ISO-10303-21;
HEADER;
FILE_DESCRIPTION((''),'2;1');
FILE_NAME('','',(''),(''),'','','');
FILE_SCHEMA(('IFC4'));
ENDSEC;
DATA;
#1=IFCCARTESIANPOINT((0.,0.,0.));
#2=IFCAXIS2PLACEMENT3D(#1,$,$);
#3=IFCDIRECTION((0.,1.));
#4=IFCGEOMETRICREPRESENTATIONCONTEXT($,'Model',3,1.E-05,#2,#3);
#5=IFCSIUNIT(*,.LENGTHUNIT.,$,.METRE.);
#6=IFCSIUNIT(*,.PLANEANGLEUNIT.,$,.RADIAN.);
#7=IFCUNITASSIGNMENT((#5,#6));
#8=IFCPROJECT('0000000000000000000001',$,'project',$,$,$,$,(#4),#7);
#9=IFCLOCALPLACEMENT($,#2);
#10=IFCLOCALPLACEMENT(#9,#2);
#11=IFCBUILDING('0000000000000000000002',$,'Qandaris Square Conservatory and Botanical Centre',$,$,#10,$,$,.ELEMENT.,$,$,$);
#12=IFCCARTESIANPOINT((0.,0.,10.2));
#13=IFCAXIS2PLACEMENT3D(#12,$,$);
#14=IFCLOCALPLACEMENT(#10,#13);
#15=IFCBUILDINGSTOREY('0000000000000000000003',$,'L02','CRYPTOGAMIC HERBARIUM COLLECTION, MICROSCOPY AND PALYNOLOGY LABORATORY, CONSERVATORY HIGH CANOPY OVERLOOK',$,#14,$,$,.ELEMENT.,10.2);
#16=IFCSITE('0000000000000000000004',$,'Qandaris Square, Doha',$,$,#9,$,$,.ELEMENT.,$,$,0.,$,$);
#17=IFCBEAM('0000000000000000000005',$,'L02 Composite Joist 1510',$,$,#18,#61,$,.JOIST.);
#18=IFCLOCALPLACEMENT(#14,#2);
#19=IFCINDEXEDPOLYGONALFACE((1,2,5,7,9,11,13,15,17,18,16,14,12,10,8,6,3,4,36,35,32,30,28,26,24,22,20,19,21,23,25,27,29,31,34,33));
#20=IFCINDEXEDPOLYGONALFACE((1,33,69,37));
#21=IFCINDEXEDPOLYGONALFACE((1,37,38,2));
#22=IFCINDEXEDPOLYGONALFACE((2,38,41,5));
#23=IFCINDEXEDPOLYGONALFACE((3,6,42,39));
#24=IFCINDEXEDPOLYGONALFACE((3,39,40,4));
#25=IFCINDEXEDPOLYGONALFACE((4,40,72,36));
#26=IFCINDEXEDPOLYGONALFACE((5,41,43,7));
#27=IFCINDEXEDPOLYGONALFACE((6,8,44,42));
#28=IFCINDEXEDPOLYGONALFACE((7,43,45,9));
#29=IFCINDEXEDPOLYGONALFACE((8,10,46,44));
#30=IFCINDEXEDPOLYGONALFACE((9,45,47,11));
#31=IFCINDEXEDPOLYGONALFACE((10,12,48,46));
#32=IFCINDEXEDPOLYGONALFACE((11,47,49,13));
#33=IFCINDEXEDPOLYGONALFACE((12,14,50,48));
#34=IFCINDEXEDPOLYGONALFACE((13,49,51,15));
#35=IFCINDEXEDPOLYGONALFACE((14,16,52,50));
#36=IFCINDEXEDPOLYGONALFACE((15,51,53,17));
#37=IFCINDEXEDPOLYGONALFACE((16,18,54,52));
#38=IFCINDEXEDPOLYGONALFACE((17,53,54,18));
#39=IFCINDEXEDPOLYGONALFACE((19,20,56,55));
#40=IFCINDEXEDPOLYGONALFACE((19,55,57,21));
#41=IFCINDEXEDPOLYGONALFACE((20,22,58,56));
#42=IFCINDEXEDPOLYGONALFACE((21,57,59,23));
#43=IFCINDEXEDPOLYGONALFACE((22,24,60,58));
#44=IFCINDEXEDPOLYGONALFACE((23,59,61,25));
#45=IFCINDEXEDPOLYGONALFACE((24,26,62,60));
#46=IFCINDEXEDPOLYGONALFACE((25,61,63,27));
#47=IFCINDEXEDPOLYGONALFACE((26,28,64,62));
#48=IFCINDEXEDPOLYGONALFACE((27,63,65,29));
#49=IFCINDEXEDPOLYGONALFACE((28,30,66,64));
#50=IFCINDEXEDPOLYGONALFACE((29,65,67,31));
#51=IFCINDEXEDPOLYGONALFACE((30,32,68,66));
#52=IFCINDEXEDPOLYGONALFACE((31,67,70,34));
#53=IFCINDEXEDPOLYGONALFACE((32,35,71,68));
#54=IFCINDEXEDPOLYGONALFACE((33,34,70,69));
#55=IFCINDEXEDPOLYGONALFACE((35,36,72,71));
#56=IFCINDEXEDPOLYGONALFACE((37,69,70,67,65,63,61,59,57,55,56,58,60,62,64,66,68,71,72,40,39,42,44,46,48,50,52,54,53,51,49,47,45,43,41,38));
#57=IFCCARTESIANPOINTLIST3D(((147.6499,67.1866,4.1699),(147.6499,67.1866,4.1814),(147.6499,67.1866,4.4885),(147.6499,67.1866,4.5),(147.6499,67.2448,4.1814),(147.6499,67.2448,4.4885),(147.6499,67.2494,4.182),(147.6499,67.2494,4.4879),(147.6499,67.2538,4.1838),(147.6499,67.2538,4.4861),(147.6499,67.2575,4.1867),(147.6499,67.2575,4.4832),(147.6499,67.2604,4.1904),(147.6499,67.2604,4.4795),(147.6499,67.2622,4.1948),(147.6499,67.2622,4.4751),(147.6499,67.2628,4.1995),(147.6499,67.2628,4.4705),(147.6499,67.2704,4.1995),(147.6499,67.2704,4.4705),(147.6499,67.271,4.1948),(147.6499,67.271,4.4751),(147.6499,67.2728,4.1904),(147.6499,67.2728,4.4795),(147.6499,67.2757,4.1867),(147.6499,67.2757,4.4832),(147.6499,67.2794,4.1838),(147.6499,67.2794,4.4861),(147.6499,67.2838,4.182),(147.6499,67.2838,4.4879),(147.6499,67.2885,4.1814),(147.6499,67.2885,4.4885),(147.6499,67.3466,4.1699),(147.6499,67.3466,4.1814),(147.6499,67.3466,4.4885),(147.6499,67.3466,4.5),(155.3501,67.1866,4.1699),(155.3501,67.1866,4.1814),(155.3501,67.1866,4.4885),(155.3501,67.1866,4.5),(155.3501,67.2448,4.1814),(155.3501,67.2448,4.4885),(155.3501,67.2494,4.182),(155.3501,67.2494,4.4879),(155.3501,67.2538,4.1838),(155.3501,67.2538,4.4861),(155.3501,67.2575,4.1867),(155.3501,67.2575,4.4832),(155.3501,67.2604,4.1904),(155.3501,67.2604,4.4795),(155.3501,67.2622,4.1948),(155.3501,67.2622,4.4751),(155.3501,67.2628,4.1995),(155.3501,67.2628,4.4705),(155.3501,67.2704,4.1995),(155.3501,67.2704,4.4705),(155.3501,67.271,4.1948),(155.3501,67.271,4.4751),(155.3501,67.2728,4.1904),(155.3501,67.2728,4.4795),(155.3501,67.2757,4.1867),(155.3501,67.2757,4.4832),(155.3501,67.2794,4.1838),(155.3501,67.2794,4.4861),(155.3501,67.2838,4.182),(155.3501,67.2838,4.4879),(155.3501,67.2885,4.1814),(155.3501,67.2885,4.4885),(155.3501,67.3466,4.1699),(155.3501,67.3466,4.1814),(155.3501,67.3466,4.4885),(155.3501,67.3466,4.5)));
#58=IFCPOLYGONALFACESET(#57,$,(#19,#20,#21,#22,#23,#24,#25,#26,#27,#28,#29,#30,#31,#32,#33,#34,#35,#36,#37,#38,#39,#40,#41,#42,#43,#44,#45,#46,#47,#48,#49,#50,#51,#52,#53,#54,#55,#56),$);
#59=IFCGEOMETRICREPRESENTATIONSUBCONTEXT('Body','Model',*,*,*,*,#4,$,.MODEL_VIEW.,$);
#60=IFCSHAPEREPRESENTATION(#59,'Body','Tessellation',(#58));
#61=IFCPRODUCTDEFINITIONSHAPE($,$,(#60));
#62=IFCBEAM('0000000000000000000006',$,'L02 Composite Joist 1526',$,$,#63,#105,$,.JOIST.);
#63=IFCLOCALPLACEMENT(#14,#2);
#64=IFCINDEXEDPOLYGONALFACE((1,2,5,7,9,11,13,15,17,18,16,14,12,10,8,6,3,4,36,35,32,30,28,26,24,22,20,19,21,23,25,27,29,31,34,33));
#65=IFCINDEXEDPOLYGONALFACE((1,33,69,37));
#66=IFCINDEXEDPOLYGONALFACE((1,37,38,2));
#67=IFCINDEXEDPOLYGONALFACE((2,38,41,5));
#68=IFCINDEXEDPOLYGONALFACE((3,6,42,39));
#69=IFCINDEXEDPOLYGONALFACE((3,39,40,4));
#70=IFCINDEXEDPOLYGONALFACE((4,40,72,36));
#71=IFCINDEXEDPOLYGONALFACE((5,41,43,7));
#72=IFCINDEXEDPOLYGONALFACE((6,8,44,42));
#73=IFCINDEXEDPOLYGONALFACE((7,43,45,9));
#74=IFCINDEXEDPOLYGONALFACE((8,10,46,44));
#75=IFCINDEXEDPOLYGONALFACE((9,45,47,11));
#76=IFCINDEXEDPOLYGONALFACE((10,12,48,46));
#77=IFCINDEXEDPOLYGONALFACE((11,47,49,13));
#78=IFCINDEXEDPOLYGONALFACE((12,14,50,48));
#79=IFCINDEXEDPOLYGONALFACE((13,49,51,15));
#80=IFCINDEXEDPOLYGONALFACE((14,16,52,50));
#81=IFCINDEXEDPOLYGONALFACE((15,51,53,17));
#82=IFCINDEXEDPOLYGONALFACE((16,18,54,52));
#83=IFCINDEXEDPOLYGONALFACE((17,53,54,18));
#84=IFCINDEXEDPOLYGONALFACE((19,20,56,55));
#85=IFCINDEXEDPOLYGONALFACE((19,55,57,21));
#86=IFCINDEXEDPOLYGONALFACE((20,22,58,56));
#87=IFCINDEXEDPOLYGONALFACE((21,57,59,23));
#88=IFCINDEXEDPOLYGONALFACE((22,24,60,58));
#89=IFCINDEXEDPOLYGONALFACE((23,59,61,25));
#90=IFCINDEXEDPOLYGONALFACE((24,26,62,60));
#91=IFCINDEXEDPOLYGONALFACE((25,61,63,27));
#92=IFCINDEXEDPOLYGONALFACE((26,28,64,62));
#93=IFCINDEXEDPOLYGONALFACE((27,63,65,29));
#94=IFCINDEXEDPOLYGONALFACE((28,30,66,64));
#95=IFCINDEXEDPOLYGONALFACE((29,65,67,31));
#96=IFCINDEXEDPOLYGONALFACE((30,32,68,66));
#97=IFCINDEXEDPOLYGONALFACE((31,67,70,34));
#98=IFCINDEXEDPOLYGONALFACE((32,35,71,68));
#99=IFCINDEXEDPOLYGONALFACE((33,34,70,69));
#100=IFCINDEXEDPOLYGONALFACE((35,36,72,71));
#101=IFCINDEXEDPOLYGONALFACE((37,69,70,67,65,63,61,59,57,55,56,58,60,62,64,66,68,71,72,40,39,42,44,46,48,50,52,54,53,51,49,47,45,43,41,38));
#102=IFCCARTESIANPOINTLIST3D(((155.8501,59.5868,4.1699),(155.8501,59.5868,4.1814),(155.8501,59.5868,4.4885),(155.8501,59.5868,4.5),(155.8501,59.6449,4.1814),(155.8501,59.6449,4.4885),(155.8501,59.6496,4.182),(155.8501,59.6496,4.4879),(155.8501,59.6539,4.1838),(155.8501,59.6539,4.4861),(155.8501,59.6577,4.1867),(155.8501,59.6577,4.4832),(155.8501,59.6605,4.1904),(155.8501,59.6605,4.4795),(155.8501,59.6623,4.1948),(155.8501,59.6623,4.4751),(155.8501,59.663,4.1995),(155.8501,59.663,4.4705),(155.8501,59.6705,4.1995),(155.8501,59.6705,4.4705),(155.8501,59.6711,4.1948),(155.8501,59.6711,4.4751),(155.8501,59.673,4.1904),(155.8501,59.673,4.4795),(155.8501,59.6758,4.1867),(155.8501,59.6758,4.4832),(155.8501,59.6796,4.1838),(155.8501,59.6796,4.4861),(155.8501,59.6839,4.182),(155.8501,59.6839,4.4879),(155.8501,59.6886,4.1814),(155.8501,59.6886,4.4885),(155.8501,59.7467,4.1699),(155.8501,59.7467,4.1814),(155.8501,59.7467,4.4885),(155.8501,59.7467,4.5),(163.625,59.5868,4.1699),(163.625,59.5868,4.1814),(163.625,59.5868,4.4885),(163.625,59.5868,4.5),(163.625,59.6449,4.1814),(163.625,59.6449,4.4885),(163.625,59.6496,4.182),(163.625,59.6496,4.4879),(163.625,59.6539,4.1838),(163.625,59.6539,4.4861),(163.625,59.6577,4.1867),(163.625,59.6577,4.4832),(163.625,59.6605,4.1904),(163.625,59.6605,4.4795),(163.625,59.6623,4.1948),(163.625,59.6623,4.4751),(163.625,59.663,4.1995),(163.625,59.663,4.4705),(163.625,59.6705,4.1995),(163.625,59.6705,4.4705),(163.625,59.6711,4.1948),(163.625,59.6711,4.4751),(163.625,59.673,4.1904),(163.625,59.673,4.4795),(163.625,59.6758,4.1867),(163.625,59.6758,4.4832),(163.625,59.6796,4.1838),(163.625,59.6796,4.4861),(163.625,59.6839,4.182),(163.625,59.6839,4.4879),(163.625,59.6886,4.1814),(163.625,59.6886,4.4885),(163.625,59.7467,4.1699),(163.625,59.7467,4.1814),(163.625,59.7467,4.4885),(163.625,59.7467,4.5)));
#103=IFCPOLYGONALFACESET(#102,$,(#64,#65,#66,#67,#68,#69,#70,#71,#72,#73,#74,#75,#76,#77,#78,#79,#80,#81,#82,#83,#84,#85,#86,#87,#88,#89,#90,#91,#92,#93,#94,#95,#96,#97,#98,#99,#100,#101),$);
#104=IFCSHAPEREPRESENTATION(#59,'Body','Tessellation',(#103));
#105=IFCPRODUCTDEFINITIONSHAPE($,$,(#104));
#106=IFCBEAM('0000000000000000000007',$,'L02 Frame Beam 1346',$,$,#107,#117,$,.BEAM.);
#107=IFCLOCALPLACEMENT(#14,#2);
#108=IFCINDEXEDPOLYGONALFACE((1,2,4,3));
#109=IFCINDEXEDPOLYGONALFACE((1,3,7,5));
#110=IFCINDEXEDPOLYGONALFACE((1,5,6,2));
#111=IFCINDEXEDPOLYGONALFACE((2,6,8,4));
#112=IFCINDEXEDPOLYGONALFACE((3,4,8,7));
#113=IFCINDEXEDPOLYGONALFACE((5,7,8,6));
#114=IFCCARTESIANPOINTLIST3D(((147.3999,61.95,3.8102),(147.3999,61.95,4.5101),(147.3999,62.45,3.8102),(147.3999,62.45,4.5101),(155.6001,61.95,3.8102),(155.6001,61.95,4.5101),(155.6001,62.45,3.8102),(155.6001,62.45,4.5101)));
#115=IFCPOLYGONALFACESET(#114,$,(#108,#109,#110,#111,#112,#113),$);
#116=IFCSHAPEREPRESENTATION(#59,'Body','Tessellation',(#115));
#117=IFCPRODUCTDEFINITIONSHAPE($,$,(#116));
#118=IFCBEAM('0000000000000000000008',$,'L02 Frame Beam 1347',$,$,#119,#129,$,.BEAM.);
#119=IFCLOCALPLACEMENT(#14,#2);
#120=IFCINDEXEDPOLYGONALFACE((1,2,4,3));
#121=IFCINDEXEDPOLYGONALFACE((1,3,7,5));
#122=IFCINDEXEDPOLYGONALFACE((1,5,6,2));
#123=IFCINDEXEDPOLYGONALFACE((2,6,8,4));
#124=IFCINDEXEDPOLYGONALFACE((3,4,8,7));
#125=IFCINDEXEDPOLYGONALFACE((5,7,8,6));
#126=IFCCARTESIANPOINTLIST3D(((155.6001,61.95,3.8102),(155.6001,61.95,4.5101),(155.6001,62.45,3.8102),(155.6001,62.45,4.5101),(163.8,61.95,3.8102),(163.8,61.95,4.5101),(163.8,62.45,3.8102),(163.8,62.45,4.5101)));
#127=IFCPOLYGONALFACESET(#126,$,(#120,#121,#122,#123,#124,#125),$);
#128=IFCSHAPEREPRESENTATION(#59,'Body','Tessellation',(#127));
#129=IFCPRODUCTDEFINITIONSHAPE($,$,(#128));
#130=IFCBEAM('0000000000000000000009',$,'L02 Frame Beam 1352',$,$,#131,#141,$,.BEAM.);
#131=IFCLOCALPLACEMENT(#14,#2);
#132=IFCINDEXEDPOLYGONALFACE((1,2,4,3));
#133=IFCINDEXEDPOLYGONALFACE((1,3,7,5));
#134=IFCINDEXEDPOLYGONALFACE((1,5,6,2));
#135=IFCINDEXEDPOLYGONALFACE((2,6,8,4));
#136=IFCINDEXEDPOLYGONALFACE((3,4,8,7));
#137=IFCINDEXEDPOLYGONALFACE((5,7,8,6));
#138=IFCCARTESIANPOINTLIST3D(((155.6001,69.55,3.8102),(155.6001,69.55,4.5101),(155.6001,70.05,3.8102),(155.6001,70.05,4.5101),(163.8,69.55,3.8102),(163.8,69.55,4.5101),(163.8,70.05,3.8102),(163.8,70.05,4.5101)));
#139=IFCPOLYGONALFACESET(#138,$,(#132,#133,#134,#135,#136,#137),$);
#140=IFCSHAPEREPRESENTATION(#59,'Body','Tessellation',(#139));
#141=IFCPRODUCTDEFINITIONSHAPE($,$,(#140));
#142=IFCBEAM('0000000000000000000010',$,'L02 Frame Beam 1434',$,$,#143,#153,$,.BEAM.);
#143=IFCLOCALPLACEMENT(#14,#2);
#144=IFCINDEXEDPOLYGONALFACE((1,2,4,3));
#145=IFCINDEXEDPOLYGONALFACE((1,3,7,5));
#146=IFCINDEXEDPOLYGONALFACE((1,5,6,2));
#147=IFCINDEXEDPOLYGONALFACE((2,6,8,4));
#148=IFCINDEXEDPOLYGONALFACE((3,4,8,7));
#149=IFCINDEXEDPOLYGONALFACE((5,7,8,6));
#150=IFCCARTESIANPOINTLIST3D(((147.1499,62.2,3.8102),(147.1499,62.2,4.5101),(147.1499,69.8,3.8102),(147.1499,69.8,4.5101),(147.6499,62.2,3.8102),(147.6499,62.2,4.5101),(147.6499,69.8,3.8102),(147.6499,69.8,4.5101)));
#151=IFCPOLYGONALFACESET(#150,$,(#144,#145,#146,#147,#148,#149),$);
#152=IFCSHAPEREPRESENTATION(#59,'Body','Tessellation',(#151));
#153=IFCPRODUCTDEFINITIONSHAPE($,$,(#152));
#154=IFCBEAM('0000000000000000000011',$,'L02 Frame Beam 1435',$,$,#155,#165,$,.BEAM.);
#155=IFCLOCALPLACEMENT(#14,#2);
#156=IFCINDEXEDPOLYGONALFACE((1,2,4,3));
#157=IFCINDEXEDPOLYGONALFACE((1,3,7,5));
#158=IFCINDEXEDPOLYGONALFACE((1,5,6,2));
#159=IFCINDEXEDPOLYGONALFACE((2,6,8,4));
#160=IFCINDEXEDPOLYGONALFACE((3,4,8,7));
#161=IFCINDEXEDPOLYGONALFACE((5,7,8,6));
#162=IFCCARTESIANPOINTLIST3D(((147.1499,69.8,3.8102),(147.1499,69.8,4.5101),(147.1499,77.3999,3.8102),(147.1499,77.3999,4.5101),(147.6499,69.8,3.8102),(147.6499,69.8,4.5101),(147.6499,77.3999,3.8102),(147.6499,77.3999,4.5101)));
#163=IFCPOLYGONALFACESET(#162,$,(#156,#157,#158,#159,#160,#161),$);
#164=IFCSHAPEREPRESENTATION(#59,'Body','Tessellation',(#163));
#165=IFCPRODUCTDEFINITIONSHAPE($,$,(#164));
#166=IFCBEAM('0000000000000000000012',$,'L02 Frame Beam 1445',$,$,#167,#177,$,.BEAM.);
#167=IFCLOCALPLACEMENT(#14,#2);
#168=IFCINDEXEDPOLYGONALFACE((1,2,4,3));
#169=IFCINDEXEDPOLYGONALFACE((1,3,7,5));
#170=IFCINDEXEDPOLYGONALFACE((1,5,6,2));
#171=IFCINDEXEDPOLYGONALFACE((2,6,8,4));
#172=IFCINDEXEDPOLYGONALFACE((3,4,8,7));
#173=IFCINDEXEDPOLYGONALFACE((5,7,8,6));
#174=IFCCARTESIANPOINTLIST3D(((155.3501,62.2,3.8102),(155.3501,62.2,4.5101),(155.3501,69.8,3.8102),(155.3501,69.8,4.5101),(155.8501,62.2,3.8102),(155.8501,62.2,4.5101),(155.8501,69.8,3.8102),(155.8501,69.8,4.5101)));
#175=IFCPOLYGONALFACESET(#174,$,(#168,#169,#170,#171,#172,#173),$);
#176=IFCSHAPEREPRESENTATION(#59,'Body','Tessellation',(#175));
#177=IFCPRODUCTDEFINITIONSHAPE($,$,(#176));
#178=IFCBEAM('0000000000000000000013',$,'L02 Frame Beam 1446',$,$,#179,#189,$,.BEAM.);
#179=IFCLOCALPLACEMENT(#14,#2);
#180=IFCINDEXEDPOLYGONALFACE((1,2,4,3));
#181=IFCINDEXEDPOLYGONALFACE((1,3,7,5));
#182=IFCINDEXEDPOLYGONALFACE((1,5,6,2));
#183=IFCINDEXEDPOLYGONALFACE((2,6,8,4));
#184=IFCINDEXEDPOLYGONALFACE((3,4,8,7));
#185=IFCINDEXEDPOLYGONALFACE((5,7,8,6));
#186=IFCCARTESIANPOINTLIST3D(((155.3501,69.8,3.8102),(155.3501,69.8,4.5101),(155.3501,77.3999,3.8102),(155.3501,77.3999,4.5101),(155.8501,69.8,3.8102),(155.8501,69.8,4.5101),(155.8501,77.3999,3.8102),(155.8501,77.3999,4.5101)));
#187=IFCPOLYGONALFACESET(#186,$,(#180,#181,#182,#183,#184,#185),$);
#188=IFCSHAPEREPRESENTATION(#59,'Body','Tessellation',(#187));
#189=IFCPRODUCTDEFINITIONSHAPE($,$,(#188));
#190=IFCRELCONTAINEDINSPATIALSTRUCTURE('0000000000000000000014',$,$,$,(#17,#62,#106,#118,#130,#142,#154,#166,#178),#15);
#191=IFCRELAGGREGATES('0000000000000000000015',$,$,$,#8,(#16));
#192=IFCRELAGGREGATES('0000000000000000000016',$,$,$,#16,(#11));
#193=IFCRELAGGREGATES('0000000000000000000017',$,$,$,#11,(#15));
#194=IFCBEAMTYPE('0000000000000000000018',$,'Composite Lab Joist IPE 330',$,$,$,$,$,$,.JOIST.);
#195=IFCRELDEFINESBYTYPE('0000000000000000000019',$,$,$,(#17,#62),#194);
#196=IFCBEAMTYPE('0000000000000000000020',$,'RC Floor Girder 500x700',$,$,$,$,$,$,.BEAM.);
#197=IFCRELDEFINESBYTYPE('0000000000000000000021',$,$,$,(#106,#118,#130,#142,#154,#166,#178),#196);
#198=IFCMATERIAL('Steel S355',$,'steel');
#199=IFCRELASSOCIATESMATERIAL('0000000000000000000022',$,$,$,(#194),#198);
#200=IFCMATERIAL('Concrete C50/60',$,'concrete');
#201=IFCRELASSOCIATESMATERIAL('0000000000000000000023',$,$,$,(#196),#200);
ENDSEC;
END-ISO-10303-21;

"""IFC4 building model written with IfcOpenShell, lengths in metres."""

from ifc_helpers import new_model, si_unit, direction, frame, origin, origin_2d, place, context, subcontext, project, spatial, rectangle, i_section, extrude, material, material_profile, profile_set, type_object, element, save


model = new_model("IFC4")

# Units and contexts
model_context = context("Model", 3, precision=1e-05, world=origin(), true_north=direction((0.0, 1.0)))
body_context = subcontext(model_context, "Body", "Model", "MODEL_VIEW")
ifc_project = project(units=[si_unit("LENGTHUNIT", "METRE"), si_unit("PLANEANGLEUNIT", "RADIAN")], contexts=[model_context])

# Site, building, storey
site_placement = place(None, origin())
site = spatial("IfcSite", under=ifc_project, at=site_placement, Name="Qandaris Square, Doha", CompositionType="ELEMENT", RefElevation=0.0)
building_placement = place(site_placement, origin())
building = spatial("IfcBuilding", under=site, at=building_placement, Name="Qandaris Square Conservatory and Botanical Centre", CompositionType="ELEMENT")
storey_placement = place(building_placement, frame((0.0, 0.0, 10.2)))
storey = spatial("IfcBuildingStorey", under=building, at=storey_placement, Name="L02", Description="CRYPTOGAMIC HERBARIUM COLLECTION, MICROSCOPY AND PALYNOLOGY LABORATORY, CONSERVATORY HIGH CANOPY OVERLOOK", CompositionType="ELEMENT", Elevation=10.2)

# Shared definitions
ifc_material_1 = material(Name="Concrete C50/60", Category="concrete")

# Beams
ifc_material_2 = material(Name="Steel S355", Category="steel")
ifc_material_profile_1 = material_profile(ifc_material_2, i_section(OverallWidth=0.1599, OverallDepth=0.3301, WebThickness=0.0076, FlangeThickness=0.0115, FilletRadius=0.0181, at=origin_2d()), Name="IPE 330")
ifc_profile_set_1 = profile_set([ifc_material_profile_1], Name="Steel S355")
beam_type_1 = type_object("IfcBeamType", Name="Composite Lab Joist IPE 330", PredefinedType="JOIST", material=ifc_profile_set_1)
beam_1_placement = place(storey_placement, frame((147.6499, 67.2666, 4.335), z_axis=(1.0, 0.0, 0.0), x_axis=(0.0, 1.0, 0.0)))
element("IfcBeam", 1, at=beam_1_placement, inside=storey, type_object=beam_type_1, Name="L02 Composite Joist 1510", PredefinedType="JOIST", context=body_context, shape_type="SweptSolid", body=[
    extrude(i_section(OverallWidth=0.1599, OverallDepth=0.3301, WebThickness=0.0076, FlangeThickness=0.0115, FilletRadius=0.0181, at=origin_2d()), origin(), (0.0, 0.0, 1.0), 7.7002),
])
beam_2_placement = place(storey_placement, frame((155.8501, 59.6667, 4.335), z_axis=(1.0, 0.0, 0.0), x_axis=(0.0, 1.0, 0.0)))
element("IfcBeam", 2, at=beam_2_placement, inside=storey, type_object=beam_type_1, Name="L02 Composite Joist 1526", PredefinedType="JOIST", context=body_context, shape_type="SweptSolid", body=[
    extrude(i_section(OverallWidth=0.1599, OverallDepth=0.3301, WebThickness=0.0076, FlangeThickness=0.0115, FilletRadius=0.0181, at=origin_2d()), origin(), (0.0, 0.0, 1.0), 7.7749),
])
ifc_material_profile_2 = material_profile(ifc_material_1, rectangle(XDim=0.5, YDim=0.7, at=origin_2d()), Name="RC-BM 500x700")
ifc_profile_set_2 = profile_set([ifc_material_profile_2], Name="Concrete C50/60")
beam_type_2 = type_object("IfcBeamType", Name="RC Floor Girder 500x700", PredefinedType="BEAM", material=ifc_profile_set_2)
beam_3_placement = place(storey_placement, frame((147.3999, 62.2, 4.1602), z_axis=(1.0, 0.0, 0.0), x_axis=(0.0, 1.0, 0.0)))
element("IfcBeam", 3, at=beam_3_placement, inside=storey, type_object=beam_type_2, Name="L02 Frame Beam 1346", PredefinedType="BEAM", context=body_context, shape_type="SweptSolid", body=[
    extrude(rectangle(XDim=0.5, YDim=0.7, at=origin_2d()), origin(), (0.0, 0.0, 1.0), 8.2002),
])
for number, where, z_axis, x_axis, name in (
    (4, (155.6001, 62.2, 4.1602), (1.0, 0.0, 0.0), (0.0, 1.0, 0.0), "L02 Frame Beam 1347"),
    (5, (155.6001, 69.8, 4.1602), (1.0, 0.0, 0.0), (0.0, 1.0, 0.0), "L02 Frame Beam 1352"),
):
    element("IfcBeam", number, at=place(storey_placement, frame(where, z_axis=z_axis, x_axis=x_axis)), inside=storey, type_object=beam_type_2, Name=name, PredefinedType="BEAM", context=body_context, shape_type="SweptSolid", body=[
        extrude(rectangle(XDim=0.5, YDim=0.7, at=origin_2d()), origin(), (0.0, 0.0, 1.0), 8.2),
    ])
beam_4_placement = place(storey_placement, frame((147.3999, 62.2, 4.1602), z_axis=(0.0, 1.0, 0.0), x_axis=(-1.0, 0.0, 0.0)))
element("IfcBeam", 6, at=beam_4_placement, inside=storey, type_object=beam_type_2, Name="L02 Frame Beam 1434", PredefinedType="BEAM", context=body_context, shape_type="SweptSolid", body=[
    extrude(rectangle(XDim=0.5, YDim=0.7, at=origin_2d()), origin(), (0.0, 0.0, 1.0), 7.6001),
])
beam_5_placement = place(storey_placement, frame((147.3999, 69.8, 4.1602), z_axis=(0.0, 1.0, 0.0), x_axis=(-1.0, 0.0, 0.0)))
element("IfcBeam", 7, at=beam_5_placement, inside=storey, type_object=beam_type_2, Name="L02 Frame Beam 1435", PredefinedType="BEAM", context=body_context, shape_type="SweptSolid", body=[
    extrude(rectangle(XDim=0.5, YDim=0.7, at=origin_2d()), origin(), (0.0, 0.0, 1.0), 7.5999),
])
beam_6_placement = place(storey_placement, frame((155.6001, 62.2, 4.1602), z_axis=(0.0, 1.0, 0.0), x_axis=(-1.0, 0.0, 0.0)))
element("IfcBeam", 8, at=beam_6_placement, inside=storey, type_object=beam_type_2, Name="L02 Frame Beam 1445", PredefinedType="BEAM", context=body_context, shape_type="SweptSolid", body=[
    extrude(rectangle(XDim=0.5, YDim=0.7, at=origin_2d()), origin(), (0.0, 0.0, 1.0), 7.6001),
])
beam_7_placement = place(storey_placement, frame((155.6001, 69.8, 4.1602), z_axis=(0.0, 1.0, 0.0), x_axis=(-1.0, 0.0, 0.0)))
element("IfcBeam", 9, at=beam_7_placement, inside=storey, type_object=beam_type_2, Name="L02 Frame Beam 1446", PredefinedType="BEAM", context=body_context, shape_type="SweptSolid", body=[
    extrude(rectangle(XDim=0.5, YDim=0.7, at=origin_2d()), origin(), (0.0, 0.0, 1.0), 7.5999),
])

save(model, "model.ifc")
